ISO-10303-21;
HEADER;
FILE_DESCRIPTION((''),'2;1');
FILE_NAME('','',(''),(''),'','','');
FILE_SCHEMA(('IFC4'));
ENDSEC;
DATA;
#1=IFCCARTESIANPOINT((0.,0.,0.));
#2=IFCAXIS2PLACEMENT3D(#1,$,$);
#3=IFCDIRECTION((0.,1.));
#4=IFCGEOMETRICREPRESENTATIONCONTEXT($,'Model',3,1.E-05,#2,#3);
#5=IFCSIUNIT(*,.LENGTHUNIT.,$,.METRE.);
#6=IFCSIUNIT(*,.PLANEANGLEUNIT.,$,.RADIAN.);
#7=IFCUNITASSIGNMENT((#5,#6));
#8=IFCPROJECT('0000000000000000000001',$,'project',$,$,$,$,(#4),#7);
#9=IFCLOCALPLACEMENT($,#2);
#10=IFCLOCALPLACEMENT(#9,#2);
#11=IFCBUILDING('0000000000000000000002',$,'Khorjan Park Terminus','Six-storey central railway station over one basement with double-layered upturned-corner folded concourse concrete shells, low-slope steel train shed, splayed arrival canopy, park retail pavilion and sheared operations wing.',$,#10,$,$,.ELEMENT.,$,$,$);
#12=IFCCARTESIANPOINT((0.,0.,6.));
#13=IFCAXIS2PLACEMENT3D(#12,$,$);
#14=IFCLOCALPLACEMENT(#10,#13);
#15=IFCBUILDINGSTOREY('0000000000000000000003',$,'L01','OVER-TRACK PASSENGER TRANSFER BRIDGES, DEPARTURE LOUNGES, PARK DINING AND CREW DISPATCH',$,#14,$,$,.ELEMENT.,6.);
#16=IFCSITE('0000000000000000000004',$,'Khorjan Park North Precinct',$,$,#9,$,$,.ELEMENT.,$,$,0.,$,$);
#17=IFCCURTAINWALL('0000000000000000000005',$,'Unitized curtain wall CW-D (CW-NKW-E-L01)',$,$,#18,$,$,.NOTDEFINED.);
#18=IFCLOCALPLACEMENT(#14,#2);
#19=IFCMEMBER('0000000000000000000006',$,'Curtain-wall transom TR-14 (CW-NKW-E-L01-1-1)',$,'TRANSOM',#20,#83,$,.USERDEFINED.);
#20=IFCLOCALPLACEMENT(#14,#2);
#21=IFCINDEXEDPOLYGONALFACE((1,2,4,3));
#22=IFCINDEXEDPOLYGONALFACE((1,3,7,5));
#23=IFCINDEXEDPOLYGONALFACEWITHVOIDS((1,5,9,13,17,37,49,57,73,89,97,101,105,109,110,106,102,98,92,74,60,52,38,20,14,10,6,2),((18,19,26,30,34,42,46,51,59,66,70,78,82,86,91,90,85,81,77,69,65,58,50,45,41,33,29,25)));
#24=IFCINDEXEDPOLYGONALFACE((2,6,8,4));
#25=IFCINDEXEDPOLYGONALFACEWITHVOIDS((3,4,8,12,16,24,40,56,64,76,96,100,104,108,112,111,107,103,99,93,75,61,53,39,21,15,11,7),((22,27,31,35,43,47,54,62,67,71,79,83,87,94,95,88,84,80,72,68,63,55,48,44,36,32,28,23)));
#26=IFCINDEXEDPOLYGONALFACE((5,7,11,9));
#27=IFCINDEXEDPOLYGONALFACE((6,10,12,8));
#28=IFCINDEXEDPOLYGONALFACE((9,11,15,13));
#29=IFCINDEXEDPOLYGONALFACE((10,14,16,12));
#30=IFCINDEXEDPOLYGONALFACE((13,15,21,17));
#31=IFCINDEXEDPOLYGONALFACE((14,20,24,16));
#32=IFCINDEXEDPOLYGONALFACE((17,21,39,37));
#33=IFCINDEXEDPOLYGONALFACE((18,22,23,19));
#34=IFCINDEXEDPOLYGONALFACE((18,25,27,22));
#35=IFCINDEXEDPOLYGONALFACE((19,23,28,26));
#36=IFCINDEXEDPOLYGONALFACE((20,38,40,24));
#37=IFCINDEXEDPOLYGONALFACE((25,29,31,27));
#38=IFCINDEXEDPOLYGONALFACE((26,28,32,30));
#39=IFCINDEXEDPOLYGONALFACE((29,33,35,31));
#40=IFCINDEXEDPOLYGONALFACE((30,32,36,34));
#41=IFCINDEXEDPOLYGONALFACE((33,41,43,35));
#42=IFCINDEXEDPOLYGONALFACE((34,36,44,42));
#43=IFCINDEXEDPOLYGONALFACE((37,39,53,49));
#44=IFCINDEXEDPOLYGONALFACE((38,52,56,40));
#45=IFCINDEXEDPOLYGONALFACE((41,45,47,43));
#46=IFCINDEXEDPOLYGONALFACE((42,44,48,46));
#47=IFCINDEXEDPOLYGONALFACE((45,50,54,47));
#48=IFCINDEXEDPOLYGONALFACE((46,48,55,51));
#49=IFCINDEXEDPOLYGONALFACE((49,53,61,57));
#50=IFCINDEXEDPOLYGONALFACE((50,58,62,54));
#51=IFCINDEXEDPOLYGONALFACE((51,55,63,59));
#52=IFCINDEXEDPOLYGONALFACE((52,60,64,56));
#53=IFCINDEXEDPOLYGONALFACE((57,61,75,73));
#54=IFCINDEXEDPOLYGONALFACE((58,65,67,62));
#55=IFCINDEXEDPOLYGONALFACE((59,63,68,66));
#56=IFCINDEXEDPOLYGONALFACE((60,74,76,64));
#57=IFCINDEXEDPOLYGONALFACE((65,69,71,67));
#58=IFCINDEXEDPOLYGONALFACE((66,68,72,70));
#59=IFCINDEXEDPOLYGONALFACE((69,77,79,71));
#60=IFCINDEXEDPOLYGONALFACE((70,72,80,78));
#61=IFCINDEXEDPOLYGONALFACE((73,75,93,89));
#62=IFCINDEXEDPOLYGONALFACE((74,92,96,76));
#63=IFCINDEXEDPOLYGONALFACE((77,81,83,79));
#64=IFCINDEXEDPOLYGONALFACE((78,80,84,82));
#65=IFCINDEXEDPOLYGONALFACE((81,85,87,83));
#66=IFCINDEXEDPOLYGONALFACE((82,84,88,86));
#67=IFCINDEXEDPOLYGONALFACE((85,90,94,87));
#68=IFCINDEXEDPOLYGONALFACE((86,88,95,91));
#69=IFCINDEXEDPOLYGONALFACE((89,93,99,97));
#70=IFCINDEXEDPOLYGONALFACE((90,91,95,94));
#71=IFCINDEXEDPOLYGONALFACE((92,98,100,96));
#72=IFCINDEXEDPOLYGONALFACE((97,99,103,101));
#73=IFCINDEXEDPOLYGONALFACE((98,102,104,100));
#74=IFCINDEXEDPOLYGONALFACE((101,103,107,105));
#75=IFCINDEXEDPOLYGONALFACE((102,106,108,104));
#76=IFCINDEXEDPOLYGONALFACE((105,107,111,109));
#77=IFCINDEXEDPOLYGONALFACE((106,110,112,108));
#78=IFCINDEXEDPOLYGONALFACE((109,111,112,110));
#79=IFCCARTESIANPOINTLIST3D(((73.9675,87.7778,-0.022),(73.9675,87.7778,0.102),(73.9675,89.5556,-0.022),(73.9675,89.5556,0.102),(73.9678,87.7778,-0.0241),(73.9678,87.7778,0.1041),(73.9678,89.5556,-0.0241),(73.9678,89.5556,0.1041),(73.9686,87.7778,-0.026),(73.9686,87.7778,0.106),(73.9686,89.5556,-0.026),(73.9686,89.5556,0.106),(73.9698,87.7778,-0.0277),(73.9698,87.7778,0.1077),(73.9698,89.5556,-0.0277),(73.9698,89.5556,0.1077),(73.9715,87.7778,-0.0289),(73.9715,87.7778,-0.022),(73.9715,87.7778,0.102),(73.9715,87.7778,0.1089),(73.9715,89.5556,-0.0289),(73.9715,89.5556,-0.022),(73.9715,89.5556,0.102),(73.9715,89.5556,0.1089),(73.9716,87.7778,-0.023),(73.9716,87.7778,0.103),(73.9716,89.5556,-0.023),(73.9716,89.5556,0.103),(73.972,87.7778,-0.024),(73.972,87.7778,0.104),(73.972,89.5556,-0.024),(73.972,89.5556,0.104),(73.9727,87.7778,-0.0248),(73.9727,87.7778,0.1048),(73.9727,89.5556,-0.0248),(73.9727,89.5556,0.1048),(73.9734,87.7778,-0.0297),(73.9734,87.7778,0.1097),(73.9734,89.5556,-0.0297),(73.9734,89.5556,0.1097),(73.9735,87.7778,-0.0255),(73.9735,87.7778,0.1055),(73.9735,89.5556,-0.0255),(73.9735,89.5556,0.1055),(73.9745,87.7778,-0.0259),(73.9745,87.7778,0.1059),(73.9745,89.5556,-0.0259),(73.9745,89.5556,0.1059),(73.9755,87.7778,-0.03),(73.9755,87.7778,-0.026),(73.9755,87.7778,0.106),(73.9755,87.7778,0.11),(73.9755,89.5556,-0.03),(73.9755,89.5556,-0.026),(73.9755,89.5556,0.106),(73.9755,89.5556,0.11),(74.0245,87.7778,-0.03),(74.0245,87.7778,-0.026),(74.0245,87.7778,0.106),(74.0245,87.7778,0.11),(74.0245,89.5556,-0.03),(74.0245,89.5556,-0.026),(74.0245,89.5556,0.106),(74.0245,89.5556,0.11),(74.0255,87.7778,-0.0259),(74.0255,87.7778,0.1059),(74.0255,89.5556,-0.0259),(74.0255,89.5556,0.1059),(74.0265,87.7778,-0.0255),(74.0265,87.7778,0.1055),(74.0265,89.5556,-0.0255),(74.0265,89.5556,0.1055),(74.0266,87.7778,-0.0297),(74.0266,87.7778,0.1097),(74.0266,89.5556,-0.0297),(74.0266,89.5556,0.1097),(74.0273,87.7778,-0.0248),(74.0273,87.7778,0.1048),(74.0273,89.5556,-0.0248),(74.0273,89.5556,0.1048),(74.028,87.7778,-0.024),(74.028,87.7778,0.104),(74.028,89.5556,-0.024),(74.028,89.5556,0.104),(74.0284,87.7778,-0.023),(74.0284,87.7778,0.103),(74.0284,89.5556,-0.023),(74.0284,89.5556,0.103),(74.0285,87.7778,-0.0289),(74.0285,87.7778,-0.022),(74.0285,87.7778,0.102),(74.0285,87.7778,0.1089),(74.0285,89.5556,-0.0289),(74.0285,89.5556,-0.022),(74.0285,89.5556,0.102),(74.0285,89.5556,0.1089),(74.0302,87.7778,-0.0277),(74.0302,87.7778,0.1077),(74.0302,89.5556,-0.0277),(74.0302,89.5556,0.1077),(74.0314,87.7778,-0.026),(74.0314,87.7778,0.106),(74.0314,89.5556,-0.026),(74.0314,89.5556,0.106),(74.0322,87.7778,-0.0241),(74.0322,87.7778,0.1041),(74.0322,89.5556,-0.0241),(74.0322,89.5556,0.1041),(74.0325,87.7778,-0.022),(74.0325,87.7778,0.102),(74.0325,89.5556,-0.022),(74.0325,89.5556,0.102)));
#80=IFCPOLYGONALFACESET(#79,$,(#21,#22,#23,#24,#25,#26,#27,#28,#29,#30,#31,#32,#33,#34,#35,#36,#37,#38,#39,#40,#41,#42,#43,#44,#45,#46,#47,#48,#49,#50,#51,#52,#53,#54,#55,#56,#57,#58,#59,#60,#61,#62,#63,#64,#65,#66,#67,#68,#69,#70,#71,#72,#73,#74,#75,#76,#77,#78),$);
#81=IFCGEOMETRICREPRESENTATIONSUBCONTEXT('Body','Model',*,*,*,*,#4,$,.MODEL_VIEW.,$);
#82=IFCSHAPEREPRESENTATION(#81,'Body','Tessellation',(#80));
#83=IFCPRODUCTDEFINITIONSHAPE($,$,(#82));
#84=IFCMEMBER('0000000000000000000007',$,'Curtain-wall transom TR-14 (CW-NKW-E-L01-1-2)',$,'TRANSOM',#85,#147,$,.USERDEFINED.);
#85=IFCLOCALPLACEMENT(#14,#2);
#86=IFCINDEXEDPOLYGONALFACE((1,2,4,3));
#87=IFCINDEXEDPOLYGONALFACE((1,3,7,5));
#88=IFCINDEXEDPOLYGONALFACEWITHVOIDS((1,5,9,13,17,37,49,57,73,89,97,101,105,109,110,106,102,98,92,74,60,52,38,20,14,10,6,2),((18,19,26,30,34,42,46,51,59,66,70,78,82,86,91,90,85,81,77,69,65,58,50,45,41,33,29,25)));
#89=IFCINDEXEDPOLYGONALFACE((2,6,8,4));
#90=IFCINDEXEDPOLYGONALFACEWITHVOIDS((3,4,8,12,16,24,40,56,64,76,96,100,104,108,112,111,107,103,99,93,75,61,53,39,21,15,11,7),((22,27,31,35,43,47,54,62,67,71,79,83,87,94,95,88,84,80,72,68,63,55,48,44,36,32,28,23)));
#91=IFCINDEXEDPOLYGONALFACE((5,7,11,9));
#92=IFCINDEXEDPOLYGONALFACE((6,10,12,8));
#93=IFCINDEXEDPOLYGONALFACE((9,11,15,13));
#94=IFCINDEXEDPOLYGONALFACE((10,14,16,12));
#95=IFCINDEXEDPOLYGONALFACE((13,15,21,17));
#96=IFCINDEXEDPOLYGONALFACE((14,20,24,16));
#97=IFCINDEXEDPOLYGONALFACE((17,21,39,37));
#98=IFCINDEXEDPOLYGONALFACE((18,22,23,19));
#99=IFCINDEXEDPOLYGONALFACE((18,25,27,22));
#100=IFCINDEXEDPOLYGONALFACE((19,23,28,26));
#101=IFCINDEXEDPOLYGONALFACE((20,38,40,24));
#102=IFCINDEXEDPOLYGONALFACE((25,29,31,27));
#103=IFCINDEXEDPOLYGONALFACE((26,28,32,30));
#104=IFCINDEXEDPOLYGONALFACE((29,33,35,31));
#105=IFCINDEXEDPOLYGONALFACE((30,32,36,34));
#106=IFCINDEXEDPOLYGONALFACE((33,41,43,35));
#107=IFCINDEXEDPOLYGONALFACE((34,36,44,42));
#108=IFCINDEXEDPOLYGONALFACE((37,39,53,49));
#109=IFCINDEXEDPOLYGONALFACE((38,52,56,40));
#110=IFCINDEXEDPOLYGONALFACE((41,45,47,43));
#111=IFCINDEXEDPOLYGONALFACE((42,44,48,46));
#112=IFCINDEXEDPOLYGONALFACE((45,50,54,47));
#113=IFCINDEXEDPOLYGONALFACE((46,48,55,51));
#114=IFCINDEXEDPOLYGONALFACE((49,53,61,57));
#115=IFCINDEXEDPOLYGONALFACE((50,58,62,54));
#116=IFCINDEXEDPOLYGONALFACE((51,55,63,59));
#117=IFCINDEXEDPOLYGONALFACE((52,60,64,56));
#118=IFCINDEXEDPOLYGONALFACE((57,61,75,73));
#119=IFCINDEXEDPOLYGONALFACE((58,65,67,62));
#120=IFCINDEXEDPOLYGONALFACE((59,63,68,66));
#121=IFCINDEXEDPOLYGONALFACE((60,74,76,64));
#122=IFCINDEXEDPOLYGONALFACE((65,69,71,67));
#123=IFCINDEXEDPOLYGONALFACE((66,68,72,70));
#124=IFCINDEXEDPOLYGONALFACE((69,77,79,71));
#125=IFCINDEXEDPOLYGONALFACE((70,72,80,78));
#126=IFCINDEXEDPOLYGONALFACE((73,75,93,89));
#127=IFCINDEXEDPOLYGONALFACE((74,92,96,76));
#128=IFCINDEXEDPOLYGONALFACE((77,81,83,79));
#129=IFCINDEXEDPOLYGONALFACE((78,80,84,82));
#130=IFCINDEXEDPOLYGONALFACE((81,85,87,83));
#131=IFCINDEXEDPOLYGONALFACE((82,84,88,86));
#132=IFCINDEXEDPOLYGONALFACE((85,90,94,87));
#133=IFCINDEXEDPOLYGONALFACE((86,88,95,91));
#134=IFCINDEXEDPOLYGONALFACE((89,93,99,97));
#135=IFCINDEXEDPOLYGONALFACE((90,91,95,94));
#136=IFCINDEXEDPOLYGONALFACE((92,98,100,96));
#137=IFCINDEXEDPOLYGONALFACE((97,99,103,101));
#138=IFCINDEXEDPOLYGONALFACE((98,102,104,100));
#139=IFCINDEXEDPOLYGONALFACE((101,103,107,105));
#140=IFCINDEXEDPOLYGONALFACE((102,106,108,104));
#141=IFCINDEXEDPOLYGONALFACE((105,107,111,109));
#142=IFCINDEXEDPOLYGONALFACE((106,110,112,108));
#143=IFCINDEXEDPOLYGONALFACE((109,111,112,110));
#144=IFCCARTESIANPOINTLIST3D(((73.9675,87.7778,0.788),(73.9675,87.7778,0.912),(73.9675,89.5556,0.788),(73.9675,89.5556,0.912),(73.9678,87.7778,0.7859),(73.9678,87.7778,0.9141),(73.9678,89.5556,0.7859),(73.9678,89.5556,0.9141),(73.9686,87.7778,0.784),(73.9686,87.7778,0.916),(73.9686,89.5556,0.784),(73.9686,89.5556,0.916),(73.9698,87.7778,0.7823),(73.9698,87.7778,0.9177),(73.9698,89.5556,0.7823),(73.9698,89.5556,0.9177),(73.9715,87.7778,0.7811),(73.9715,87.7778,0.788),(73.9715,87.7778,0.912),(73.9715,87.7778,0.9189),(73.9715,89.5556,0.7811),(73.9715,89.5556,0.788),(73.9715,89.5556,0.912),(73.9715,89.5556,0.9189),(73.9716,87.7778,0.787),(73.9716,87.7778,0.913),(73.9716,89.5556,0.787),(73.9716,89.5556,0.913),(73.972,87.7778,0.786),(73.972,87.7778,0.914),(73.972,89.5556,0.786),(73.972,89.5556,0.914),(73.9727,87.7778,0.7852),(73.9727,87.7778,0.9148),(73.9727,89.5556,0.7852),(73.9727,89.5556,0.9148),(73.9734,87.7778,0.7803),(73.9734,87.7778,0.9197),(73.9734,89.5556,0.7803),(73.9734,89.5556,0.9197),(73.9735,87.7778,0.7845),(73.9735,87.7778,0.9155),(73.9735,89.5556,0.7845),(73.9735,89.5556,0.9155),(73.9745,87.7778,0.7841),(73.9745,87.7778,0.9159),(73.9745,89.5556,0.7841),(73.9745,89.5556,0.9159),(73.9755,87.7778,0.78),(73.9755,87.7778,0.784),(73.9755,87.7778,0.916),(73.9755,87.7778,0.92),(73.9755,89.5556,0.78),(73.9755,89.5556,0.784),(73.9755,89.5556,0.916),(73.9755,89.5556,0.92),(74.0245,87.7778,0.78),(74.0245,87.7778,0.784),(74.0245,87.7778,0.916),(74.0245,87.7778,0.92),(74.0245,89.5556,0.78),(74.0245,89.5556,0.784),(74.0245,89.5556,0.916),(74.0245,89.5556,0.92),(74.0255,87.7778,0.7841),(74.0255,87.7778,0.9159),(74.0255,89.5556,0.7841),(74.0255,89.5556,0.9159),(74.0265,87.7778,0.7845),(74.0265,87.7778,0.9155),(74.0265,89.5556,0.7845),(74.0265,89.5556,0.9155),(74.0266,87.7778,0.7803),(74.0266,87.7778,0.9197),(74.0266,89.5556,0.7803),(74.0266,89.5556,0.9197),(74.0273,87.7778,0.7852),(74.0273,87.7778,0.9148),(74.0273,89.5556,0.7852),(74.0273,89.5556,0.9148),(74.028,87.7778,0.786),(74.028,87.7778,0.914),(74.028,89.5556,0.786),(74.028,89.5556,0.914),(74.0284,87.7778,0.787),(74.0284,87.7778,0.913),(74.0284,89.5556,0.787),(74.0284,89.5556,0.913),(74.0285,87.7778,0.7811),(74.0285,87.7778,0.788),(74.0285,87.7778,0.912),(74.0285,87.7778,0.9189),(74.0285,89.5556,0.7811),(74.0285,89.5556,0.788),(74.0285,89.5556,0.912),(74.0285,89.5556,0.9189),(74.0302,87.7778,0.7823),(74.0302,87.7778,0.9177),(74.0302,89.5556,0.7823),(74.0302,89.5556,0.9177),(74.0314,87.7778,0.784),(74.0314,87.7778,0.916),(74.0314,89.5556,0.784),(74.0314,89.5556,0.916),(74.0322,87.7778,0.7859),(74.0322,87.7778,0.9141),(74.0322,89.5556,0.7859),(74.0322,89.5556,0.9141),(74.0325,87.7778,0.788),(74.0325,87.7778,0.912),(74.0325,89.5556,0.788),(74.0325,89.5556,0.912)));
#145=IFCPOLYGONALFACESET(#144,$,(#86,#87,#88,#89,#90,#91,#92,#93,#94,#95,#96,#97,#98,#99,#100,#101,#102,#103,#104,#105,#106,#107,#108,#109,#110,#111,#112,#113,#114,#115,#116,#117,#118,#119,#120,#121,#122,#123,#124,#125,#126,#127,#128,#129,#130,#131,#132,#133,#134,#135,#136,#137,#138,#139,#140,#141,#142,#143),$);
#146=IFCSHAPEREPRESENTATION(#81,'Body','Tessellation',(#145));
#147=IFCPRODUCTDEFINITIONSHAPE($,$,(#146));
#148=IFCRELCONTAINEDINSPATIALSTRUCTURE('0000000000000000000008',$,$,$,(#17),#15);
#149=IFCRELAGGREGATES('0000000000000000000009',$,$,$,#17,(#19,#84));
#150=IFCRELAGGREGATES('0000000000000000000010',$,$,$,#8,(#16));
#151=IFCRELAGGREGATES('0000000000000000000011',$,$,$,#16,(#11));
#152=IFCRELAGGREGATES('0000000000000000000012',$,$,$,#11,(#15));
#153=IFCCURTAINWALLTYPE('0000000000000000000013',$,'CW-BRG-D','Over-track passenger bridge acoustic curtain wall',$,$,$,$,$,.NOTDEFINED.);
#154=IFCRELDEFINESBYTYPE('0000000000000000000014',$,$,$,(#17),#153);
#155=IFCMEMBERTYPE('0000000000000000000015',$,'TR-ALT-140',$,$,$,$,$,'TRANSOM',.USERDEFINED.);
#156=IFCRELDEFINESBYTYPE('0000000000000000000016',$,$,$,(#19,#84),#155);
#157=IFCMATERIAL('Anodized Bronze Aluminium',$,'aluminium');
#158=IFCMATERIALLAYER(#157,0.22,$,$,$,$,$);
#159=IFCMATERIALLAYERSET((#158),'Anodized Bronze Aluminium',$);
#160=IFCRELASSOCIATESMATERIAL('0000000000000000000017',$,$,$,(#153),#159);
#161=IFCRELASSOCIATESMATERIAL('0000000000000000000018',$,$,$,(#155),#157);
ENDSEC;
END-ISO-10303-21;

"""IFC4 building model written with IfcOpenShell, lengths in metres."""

from ifc_helpers import new_model, si_unit, direction, frame, origin, origin_2d, place, context, subcontext, project, spatial, hollow_rectangle, extrude, material, layer, layer_set, material_profile, profile_set, type_object, element, aggregate, save


model = new_model("IFC4")

# Units and contexts
model_context = context("Model", 3, precision=1e-05, world=origin(), true_north=direction((0.0, 1.0)))
body_context = subcontext(model_context, "Body", "Model", "MODEL_VIEW")
ifc_project = project(units=[si_unit("LENGTHUNIT", "METRE"), si_unit("PLANEANGLEUNIT", "RADIAN")], contexts=[model_context])

# Site, building, storey
site_placement = place(None, origin())
site = spatial("IfcSite", under=ifc_project, at=site_placement, Name="Khorjan Park North Precinct", CompositionType="ELEMENT", RefElevation=0.0)
building_placement = place(site_placement, origin())
building = spatial("IfcBuilding", under=site, at=building_placement, Name="Khorjan Park Terminus", Description="Six-storey central railway station over one basement with double-layered upturned-corner folded concourse concrete shells, low-slope steel train shed, splayed arrival canopy, park retail pavilion and sheared operations wing.", CompositionType="ELEMENT")
storey_placement = place(building_placement, frame((0.0, 0.0, 6.0)))
storey = spatial("IfcBuildingStorey", under=building, at=storey_placement, Name="L01", Description="OVER-TRACK PASSENGER TRANSFER BRIDGES, DEPARTURE LOUNGES, PARK DINING AND CREW DISPATCH", CompositionType="ELEMENT", Elevation=6.0)

# Curtain wall
ifc_material_1 = material(Name="Anodized Bronze Aluminium", Category="aluminium")
ifc_layer_1 = layer(ifc_material_1, 0.22)
ifc_layer_set_1 = layer_set([ifc_layer_1], Name="Anodized Bronze Aluminium")
curtain_wall_type_1 = type_object("IfcCurtainWallType", Name="CW-BRG-D", Description="Over-track passenger bridge acoustic curtain wall", PredefinedType="NOTDEFINED", material=ifc_layer_set_1)
curtain_wall_1_placement = place(storey_placement, origin())
curtain_wall_1 = element("IfcCurtainWall", 1, at=curtain_wall_1_placement, inside=storey, type_object=curtain_wall_type_1, Name="Unitized curtain wall CW-D (CW-NKW-E-L01)", PredefinedType="NOTDEFINED")

# Members
ifc_material_profile_1 = material_profile(ifc_material_1, hollow_rectangle(XDim=0.065, YDim=0.14, WallThickness=0.004, InnerFilletRadius=0.004, OuterFilletRadius=0.008, at=origin_2d()), Name="ALT 65x140x4")
ifc_profile_set_1 = profile_set([ifc_material_profile_1], Name="Anodized Bronze Aluminium")
member_type_1 = type_object("IfcMemberType", Name="TR-ALT-140", ElementType="TRANSOM", PredefinedType="USERDEFINED", material=ifc_profile_set_1)
member_1_placement = place(storey_placement, frame((74.0, 87.7778, 0.04), z_axis=(0.0, 1.0, 0.0), x_axis=(-1.0, 0.0, 0.0)))
member_1 = element("IfcMember", 2, at=member_1_placement, type_object=member_type_1, Name="Curtain-wall transom TR-14 (CW-NKW-E-L01-1-1)", ObjectType="TRANSOM", PredefinedType="USERDEFINED", context=body_context, shape_type="SweptSolid", body=[
    extrude(hollow_rectangle(XDim=0.065, YDim=0.14, WallThickness=0.004, InnerFilletRadius=0.004, OuterFilletRadius=0.008, at=origin_2d()), origin(), (0.0, 0.0, 1.0), 1.7778),
])
member_2_placement = place(storey_placement, frame((74.0, 87.7778, 0.85), z_axis=(0.0, 1.0, 0.0), x_axis=(-1.0, 0.0, 0.0)))
member_2 = element("IfcMember", 3, at=member_2_placement, type_object=member_type_1, Name="Curtain-wall transom TR-14 (CW-NKW-E-L01-1-2)", ObjectType="TRANSOM", PredefinedType="USERDEFINED", context=body_context, shape_type="SweptSolid", body=[
    extrude(hollow_rectangle(XDim=0.065, YDim=0.14, WallThickness=0.004, InnerFilletRadius=0.004, OuterFilletRadius=0.008, at=origin_2d()), origin(), (0.0, 0.0, 1.0), 1.7778),
])

aggregate(curtain_wall_1, [member_1, member_2])

save(model, "model.ifc")
